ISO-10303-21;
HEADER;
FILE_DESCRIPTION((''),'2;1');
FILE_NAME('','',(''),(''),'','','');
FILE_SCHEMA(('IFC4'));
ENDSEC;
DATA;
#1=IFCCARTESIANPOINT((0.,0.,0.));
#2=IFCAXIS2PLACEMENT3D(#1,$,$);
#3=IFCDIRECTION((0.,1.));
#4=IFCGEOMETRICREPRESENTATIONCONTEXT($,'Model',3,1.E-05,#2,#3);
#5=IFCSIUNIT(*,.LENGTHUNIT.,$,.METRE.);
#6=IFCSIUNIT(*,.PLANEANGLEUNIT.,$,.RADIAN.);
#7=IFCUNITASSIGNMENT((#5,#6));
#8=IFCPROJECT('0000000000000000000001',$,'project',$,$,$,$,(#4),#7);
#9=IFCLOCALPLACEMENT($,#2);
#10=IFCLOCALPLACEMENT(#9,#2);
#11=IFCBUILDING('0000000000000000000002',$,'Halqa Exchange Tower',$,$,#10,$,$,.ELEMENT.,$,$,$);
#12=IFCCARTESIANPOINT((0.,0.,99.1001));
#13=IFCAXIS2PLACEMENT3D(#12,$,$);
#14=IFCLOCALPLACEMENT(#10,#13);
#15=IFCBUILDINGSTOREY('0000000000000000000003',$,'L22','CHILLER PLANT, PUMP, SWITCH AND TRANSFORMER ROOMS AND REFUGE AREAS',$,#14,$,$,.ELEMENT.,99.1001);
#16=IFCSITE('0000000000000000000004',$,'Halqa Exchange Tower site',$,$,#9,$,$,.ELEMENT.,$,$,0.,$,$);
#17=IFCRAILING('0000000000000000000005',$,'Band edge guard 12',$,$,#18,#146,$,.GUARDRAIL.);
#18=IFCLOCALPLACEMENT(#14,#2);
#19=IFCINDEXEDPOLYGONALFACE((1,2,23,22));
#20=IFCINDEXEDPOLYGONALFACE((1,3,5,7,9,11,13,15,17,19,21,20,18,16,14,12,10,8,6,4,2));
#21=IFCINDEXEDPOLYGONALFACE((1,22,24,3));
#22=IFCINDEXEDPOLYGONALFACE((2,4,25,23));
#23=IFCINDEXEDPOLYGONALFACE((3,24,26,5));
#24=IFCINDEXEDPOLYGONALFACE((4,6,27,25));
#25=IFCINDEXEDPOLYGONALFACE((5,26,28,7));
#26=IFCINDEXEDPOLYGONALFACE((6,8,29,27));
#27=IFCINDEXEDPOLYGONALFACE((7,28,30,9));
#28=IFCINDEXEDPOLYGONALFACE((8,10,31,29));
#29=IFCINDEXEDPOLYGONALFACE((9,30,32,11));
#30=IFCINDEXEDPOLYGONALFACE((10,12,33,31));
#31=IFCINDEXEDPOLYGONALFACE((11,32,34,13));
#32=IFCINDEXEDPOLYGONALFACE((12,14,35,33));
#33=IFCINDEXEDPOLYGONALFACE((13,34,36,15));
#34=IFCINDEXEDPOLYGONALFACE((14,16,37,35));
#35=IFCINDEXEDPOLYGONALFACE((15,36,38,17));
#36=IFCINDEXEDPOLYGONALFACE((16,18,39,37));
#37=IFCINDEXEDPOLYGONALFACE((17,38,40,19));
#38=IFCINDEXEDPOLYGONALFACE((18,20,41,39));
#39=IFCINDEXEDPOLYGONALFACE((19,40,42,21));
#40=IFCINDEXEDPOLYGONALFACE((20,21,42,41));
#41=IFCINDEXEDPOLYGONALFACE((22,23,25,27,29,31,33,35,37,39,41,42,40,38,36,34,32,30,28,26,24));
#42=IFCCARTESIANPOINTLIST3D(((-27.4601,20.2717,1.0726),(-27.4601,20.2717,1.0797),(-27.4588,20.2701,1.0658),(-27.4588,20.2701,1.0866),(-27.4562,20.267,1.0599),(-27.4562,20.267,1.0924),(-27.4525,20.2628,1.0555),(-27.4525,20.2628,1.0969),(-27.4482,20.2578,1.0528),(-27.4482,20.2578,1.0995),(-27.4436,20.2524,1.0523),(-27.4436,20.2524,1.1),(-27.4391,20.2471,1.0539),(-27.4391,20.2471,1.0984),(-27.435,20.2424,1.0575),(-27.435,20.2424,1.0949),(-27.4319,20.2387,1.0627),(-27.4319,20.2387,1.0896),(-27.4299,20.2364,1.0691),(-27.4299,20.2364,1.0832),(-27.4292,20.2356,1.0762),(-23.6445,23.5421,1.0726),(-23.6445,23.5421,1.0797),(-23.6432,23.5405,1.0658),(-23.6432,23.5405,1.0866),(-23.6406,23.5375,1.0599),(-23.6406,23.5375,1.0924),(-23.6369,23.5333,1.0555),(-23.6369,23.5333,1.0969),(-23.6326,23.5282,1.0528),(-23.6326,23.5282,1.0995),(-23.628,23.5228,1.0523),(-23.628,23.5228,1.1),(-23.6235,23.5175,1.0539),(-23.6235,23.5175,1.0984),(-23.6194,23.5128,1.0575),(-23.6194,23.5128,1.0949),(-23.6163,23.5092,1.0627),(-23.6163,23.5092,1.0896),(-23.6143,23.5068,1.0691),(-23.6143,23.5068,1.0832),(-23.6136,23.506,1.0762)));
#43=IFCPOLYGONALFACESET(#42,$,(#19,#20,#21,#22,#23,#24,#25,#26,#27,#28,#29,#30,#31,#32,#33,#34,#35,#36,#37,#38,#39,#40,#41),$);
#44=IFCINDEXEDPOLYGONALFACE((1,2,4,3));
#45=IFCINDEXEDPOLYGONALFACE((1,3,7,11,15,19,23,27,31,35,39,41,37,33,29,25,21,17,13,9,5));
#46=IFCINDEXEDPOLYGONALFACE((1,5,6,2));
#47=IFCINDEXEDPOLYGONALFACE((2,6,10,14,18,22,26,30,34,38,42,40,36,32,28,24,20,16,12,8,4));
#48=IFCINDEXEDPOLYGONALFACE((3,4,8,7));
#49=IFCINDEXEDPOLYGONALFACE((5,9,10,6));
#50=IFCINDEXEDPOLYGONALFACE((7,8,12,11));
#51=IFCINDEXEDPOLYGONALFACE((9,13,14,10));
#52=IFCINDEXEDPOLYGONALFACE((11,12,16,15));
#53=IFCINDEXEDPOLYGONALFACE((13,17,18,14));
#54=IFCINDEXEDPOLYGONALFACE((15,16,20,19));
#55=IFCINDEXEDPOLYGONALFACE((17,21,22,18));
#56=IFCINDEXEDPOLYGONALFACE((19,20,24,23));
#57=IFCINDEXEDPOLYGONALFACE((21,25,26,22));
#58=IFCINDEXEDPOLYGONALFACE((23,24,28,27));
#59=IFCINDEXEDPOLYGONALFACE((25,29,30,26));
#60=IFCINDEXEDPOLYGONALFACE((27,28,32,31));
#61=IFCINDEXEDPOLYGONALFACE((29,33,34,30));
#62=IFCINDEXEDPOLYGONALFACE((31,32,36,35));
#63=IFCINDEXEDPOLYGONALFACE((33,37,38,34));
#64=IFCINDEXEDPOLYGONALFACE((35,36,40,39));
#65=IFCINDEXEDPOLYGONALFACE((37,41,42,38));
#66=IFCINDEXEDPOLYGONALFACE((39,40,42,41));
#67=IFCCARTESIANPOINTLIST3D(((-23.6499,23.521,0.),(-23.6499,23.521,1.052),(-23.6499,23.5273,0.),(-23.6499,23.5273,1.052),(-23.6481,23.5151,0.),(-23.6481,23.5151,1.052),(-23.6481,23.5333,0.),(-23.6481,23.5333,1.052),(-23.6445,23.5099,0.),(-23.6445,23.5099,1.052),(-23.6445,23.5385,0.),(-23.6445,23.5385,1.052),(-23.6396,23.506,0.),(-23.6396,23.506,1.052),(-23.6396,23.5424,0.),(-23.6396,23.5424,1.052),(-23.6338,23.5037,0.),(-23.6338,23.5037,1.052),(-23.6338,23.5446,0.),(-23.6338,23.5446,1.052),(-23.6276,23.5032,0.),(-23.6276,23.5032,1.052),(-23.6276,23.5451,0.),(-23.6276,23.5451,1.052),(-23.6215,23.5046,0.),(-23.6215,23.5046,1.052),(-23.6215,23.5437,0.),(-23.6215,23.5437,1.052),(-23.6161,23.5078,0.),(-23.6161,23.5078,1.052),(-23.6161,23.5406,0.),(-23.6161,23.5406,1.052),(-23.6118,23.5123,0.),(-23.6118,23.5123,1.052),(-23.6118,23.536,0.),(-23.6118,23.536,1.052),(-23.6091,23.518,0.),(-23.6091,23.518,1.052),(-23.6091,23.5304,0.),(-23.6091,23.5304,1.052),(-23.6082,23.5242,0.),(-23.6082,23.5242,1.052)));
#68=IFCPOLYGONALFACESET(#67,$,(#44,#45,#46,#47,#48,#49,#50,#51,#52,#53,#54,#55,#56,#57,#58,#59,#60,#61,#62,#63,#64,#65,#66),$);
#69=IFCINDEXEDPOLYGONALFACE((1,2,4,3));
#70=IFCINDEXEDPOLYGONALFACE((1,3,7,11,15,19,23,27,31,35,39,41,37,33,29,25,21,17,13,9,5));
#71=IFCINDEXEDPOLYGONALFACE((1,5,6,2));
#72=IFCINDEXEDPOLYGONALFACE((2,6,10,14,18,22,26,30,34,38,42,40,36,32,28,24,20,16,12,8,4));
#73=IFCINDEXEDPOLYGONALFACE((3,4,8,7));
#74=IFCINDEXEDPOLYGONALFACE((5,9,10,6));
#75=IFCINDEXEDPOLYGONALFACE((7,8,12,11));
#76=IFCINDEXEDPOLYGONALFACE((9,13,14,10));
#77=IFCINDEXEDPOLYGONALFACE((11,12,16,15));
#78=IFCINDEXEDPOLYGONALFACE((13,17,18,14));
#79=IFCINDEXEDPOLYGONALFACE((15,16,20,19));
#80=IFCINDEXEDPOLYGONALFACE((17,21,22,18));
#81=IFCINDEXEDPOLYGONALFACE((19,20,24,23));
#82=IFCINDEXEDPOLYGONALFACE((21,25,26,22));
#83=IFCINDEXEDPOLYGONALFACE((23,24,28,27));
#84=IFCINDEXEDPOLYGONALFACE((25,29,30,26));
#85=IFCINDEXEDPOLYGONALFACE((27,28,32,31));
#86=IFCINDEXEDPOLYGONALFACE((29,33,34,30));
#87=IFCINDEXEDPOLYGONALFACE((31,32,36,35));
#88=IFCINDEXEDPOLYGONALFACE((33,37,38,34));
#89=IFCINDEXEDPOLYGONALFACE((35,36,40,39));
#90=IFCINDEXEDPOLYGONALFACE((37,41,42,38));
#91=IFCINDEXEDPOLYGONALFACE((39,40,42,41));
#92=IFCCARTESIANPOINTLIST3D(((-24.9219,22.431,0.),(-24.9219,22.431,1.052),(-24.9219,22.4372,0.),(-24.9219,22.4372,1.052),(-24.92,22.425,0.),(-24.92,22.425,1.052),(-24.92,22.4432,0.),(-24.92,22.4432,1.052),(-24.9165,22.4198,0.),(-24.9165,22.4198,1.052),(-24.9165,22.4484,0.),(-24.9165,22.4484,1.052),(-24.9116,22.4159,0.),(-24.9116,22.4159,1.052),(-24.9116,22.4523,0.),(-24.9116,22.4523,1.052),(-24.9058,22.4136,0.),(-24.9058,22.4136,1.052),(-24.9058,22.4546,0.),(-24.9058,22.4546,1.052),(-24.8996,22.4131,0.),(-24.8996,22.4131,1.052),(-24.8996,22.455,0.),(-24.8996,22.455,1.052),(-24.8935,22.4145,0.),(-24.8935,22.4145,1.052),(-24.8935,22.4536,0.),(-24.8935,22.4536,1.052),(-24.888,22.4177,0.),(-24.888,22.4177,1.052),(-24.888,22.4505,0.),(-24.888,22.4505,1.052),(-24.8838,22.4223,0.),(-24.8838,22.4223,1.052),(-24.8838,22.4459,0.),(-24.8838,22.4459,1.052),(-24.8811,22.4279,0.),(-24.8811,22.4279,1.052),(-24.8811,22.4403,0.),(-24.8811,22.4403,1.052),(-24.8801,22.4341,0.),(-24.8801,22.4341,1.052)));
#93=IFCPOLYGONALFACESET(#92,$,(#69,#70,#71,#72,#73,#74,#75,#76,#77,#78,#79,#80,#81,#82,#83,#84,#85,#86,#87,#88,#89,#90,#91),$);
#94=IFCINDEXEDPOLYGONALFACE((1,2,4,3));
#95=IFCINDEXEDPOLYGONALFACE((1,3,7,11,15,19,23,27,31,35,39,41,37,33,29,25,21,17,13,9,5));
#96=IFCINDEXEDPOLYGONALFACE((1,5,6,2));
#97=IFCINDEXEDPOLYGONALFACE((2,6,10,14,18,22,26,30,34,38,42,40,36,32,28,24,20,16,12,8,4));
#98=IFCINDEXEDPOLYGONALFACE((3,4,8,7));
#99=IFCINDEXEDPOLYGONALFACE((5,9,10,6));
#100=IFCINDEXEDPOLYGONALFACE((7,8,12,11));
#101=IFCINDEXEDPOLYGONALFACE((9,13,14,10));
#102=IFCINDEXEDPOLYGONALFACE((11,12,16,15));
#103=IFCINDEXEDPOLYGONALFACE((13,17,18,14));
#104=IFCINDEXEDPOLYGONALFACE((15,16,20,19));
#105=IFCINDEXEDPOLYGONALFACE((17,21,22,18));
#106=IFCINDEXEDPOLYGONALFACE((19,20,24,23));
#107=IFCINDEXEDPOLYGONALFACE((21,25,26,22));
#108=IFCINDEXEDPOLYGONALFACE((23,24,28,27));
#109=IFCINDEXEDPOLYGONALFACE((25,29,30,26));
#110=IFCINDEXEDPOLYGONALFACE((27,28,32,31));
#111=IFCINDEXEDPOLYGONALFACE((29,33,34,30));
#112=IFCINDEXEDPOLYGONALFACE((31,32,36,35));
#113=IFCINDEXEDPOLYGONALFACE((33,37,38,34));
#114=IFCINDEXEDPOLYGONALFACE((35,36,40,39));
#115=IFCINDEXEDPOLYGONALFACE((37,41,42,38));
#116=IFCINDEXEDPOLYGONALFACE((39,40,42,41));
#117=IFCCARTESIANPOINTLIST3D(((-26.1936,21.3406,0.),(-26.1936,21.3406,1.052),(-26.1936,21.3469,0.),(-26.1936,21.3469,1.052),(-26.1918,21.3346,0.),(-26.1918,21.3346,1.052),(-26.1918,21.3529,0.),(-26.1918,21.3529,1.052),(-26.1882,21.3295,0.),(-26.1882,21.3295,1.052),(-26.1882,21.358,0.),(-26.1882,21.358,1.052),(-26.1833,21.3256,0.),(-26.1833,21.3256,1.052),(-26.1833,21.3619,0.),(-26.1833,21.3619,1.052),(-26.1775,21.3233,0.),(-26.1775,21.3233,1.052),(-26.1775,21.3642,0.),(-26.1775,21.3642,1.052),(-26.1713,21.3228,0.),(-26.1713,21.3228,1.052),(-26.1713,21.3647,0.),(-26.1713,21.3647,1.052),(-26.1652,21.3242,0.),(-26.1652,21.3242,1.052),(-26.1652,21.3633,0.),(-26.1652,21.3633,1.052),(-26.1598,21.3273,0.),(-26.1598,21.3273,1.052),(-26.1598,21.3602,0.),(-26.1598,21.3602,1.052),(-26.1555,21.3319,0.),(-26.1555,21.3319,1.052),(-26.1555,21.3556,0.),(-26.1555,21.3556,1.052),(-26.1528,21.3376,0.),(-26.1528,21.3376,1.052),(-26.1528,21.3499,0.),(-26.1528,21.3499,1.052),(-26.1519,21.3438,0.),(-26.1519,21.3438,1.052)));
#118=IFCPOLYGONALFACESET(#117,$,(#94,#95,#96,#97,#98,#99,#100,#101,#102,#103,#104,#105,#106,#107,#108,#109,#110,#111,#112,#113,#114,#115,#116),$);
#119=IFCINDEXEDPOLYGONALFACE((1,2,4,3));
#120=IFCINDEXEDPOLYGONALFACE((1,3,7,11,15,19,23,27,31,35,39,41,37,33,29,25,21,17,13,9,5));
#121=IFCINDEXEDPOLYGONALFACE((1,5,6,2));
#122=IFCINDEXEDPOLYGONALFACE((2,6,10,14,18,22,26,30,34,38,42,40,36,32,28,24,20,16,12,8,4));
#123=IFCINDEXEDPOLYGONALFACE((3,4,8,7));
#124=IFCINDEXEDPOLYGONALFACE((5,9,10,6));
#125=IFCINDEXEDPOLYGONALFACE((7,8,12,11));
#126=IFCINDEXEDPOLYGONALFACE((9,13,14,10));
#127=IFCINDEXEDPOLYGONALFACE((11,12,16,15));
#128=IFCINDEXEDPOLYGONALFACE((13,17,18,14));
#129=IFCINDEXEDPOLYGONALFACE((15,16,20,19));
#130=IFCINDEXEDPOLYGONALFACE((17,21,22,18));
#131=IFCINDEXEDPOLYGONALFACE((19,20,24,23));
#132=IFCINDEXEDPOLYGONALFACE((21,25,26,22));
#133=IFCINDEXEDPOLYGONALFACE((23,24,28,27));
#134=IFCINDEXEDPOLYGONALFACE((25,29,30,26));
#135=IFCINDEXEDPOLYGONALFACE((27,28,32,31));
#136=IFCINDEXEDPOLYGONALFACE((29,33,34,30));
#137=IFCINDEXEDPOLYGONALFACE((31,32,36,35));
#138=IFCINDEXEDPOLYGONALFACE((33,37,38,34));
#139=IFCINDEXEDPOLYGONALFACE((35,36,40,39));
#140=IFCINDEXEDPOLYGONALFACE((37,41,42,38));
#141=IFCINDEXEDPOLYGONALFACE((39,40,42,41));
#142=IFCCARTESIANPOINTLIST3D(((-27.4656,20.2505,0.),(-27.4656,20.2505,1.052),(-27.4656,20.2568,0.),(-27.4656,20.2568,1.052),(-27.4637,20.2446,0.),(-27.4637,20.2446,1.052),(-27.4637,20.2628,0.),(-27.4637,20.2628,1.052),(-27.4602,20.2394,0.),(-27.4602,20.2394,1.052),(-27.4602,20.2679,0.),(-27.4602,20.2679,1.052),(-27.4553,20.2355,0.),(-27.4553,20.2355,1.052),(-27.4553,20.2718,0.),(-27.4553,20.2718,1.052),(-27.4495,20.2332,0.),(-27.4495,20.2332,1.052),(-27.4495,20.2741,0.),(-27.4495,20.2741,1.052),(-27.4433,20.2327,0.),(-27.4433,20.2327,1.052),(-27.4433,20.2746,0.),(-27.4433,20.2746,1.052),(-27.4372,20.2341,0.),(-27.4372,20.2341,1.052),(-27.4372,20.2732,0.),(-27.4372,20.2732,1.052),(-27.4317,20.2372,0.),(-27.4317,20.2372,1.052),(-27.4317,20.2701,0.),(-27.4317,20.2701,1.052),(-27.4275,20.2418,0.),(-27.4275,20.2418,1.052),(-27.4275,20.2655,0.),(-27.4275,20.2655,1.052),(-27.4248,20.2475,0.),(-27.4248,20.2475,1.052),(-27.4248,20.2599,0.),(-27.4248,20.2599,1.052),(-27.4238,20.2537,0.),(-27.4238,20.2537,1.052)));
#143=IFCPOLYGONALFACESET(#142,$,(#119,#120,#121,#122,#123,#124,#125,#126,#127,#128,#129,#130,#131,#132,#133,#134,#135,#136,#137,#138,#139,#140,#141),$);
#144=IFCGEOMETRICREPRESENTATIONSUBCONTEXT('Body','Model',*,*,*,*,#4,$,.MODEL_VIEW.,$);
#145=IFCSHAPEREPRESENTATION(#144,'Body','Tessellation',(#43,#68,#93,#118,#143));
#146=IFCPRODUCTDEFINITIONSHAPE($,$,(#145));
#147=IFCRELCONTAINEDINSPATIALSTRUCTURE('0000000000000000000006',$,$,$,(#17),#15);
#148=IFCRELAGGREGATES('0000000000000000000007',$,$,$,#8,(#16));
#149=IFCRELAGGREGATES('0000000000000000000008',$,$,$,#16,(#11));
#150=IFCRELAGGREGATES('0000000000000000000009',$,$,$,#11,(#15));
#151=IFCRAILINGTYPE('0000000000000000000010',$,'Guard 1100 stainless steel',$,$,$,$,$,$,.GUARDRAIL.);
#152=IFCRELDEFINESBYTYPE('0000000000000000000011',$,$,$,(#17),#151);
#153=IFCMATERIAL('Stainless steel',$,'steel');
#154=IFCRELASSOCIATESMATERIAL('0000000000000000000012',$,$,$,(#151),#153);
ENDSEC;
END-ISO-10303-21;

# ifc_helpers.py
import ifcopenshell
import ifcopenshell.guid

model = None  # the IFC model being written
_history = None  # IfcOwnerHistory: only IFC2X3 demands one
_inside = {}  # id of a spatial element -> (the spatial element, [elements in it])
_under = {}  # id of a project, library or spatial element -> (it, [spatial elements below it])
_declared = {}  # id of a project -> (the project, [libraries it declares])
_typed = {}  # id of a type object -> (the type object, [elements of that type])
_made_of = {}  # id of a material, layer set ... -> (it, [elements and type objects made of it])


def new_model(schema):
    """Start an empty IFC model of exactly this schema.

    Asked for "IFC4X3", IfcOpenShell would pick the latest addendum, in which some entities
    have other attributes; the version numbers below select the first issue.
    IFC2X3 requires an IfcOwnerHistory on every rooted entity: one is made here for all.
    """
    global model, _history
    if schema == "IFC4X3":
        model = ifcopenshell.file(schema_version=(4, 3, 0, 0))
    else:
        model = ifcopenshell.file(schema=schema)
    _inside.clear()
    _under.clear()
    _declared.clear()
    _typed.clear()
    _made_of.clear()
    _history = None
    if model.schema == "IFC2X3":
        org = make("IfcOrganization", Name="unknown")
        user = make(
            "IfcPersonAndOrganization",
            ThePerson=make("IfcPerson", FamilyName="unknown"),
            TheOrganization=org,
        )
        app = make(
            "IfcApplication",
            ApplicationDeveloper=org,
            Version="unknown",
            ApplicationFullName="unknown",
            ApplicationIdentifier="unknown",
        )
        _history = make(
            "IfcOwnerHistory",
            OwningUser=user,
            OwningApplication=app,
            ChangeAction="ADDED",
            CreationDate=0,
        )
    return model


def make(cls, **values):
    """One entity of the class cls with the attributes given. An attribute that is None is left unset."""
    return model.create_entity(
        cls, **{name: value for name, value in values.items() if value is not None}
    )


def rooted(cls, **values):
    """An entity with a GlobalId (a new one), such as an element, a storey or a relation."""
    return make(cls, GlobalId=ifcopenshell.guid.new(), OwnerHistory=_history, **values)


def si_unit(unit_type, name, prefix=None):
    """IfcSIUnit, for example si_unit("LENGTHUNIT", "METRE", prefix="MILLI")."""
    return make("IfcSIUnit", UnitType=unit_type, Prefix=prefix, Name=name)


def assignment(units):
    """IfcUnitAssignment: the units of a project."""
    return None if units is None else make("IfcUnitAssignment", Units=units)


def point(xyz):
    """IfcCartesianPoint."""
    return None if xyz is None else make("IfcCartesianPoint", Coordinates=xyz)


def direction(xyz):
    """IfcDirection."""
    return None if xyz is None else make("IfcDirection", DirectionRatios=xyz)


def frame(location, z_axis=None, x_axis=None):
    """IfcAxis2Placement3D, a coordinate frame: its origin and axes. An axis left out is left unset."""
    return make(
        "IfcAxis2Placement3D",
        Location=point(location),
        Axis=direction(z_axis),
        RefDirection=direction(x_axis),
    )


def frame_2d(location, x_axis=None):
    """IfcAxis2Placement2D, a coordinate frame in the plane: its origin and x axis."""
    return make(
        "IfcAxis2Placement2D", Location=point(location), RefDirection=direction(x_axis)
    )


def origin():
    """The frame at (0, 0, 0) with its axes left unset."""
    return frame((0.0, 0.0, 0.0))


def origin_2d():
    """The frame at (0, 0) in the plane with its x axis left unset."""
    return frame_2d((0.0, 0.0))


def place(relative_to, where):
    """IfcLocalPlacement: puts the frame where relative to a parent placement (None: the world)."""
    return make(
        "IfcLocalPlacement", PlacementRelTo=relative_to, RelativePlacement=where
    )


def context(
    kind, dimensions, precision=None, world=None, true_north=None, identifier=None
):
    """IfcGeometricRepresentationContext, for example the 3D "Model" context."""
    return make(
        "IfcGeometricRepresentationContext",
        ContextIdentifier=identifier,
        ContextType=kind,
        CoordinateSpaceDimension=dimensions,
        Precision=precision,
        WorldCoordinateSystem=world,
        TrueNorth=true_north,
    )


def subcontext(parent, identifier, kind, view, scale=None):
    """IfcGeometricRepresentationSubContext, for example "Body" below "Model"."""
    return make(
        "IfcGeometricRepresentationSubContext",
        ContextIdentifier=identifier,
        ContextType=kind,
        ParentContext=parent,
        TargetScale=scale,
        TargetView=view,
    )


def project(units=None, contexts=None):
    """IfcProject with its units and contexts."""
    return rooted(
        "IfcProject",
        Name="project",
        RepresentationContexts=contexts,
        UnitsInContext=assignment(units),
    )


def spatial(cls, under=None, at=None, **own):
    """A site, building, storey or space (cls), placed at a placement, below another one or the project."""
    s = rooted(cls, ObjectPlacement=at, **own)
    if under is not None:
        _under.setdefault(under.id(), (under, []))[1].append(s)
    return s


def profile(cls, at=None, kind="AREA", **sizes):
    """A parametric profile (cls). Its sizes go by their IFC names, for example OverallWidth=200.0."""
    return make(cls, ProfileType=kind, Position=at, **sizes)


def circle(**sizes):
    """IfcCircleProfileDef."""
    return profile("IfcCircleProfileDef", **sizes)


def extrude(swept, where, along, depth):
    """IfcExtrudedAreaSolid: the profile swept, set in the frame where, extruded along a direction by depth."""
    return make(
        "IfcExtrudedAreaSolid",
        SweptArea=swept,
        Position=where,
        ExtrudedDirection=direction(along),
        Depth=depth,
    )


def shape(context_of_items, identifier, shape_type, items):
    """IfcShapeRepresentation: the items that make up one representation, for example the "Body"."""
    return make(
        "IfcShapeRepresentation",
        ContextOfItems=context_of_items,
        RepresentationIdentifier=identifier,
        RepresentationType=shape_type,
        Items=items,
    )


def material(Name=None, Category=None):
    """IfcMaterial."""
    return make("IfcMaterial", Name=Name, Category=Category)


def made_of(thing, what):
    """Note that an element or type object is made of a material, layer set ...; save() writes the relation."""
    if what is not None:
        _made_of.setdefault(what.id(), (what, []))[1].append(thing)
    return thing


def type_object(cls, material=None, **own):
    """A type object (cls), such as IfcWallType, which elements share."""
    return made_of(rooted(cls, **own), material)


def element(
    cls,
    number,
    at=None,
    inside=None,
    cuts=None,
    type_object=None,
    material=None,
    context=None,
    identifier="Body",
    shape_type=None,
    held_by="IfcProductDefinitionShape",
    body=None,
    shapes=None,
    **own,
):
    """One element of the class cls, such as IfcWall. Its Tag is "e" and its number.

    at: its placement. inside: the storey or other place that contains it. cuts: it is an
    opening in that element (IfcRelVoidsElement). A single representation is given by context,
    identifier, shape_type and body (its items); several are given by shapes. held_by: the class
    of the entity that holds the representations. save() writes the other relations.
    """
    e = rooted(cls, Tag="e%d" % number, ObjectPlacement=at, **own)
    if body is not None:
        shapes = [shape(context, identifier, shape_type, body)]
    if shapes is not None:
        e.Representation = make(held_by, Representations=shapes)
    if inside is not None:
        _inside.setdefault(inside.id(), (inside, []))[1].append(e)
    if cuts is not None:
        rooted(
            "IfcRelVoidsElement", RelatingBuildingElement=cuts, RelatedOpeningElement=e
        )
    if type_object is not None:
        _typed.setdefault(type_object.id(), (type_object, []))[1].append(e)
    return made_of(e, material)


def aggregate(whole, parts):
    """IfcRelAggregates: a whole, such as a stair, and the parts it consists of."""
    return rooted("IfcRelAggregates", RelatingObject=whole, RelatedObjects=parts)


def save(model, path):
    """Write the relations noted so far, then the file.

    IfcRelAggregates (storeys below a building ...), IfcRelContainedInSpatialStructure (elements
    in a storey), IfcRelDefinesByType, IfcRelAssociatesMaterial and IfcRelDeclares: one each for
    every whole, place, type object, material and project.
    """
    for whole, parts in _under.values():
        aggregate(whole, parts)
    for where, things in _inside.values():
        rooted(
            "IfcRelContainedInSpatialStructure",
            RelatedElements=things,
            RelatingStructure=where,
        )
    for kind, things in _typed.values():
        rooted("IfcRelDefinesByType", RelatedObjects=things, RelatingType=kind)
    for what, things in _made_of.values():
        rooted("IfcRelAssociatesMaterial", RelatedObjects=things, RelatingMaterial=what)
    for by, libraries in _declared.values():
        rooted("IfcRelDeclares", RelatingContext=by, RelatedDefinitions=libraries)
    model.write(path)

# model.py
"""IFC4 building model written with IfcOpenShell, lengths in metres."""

from ifc_helpers import new_model, si_unit, direction, frame, origin, origin_2d, place, context, subcontext, project, spatial, circle, extrude, material, type_object, element, save


model = new_model("IFC4")

# Units and contexts
model_context = context("Model", 3, precision=1e-05, world=origin(), true_north=direction((0.0, 1.0)))
body_context = subcontext(model_context, "Body", "Model", "MODEL_VIEW")
ifc_project = project(units=[si_unit("LENGTHUNIT", "METRE"), si_unit("PLANEANGLEUNIT", "RADIAN")], contexts=[model_context])

# Site, building, storey
site_placement = place(None, origin())
site = spatial("IfcSite", under=ifc_project, at=site_placement, Name="Halqa Exchange Tower site", CompositionType="ELEMENT", RefElevation=0.0)
building_placement = place(site_placement, origin())
building = spatial("IfcBuilding", under=site, at=building_placement, Name="Halqa Exchange Tower", CompositionType="ELEMENT")
storey_placement = place(building_placement, frame((0.0, 0.0, 99.1001)))
storey = spatial("IfcBuildingStorey", under=building, at=storey_placement, Name="L22", Description="CHILLER PLANT, PUMP, SWITCH AND TRANSFORMER ROOMS AND REFUGE AREAS", CompositionType="ELEMENT", Elevation=99.1001)

# Railing
ifc_material_1 = material(Name="Stainless steel", Category="steel")
railing_type = type_object("IfcRailingType", Name="Guard 1100 stainless steel", PredefinedType="GUARDRAIL", material=ifc_material_1)
railing_1_placement = place(storey_placement, frame((-23.6292, 23.5242, 0.0)))
element("IfcRailing", 1, at=railing_1_placement, inside=storey, type_object=railing_type, Name="Band edge guard 12", PredefinedType="GUARDRAIL", context=body_context, shape_type="SweptSolid", body=[
    extrude(circle(Radius=0.0239, at=origin_2d()), frame((0.0, 0.0, 1.0762), z_axis=(-0.759263, -0.650783, 0.0), x_axis=(0.650783, -0.759263, 0.0)), (0.0, 0.0, 1.0), 5.0254),
    extrude(circle(Radius=0.021, at=origin_2d()), origin(), (0.0, 0.0, 1.0), 1.052),
    extrude(circle(Radius=0.021, at=origin_2d()), frame((-1.272, -1.0901, 0.0)), (0.0, 0.0, 1.0), 1.052),
    extrude(circle(Radius=0.021, at=origin_2d()), frame((-2.5437, -2.1804, 0.0)), (0.0, 0.0, 1.0), 1.052),
    extrude(circle(Radius=0.021, at=origin_2d()), frame((-3.8157, -3.2705, 0.0)), (0.0, 0.0, 1.0), 1.052),
])

save(model, "model.ifc")
